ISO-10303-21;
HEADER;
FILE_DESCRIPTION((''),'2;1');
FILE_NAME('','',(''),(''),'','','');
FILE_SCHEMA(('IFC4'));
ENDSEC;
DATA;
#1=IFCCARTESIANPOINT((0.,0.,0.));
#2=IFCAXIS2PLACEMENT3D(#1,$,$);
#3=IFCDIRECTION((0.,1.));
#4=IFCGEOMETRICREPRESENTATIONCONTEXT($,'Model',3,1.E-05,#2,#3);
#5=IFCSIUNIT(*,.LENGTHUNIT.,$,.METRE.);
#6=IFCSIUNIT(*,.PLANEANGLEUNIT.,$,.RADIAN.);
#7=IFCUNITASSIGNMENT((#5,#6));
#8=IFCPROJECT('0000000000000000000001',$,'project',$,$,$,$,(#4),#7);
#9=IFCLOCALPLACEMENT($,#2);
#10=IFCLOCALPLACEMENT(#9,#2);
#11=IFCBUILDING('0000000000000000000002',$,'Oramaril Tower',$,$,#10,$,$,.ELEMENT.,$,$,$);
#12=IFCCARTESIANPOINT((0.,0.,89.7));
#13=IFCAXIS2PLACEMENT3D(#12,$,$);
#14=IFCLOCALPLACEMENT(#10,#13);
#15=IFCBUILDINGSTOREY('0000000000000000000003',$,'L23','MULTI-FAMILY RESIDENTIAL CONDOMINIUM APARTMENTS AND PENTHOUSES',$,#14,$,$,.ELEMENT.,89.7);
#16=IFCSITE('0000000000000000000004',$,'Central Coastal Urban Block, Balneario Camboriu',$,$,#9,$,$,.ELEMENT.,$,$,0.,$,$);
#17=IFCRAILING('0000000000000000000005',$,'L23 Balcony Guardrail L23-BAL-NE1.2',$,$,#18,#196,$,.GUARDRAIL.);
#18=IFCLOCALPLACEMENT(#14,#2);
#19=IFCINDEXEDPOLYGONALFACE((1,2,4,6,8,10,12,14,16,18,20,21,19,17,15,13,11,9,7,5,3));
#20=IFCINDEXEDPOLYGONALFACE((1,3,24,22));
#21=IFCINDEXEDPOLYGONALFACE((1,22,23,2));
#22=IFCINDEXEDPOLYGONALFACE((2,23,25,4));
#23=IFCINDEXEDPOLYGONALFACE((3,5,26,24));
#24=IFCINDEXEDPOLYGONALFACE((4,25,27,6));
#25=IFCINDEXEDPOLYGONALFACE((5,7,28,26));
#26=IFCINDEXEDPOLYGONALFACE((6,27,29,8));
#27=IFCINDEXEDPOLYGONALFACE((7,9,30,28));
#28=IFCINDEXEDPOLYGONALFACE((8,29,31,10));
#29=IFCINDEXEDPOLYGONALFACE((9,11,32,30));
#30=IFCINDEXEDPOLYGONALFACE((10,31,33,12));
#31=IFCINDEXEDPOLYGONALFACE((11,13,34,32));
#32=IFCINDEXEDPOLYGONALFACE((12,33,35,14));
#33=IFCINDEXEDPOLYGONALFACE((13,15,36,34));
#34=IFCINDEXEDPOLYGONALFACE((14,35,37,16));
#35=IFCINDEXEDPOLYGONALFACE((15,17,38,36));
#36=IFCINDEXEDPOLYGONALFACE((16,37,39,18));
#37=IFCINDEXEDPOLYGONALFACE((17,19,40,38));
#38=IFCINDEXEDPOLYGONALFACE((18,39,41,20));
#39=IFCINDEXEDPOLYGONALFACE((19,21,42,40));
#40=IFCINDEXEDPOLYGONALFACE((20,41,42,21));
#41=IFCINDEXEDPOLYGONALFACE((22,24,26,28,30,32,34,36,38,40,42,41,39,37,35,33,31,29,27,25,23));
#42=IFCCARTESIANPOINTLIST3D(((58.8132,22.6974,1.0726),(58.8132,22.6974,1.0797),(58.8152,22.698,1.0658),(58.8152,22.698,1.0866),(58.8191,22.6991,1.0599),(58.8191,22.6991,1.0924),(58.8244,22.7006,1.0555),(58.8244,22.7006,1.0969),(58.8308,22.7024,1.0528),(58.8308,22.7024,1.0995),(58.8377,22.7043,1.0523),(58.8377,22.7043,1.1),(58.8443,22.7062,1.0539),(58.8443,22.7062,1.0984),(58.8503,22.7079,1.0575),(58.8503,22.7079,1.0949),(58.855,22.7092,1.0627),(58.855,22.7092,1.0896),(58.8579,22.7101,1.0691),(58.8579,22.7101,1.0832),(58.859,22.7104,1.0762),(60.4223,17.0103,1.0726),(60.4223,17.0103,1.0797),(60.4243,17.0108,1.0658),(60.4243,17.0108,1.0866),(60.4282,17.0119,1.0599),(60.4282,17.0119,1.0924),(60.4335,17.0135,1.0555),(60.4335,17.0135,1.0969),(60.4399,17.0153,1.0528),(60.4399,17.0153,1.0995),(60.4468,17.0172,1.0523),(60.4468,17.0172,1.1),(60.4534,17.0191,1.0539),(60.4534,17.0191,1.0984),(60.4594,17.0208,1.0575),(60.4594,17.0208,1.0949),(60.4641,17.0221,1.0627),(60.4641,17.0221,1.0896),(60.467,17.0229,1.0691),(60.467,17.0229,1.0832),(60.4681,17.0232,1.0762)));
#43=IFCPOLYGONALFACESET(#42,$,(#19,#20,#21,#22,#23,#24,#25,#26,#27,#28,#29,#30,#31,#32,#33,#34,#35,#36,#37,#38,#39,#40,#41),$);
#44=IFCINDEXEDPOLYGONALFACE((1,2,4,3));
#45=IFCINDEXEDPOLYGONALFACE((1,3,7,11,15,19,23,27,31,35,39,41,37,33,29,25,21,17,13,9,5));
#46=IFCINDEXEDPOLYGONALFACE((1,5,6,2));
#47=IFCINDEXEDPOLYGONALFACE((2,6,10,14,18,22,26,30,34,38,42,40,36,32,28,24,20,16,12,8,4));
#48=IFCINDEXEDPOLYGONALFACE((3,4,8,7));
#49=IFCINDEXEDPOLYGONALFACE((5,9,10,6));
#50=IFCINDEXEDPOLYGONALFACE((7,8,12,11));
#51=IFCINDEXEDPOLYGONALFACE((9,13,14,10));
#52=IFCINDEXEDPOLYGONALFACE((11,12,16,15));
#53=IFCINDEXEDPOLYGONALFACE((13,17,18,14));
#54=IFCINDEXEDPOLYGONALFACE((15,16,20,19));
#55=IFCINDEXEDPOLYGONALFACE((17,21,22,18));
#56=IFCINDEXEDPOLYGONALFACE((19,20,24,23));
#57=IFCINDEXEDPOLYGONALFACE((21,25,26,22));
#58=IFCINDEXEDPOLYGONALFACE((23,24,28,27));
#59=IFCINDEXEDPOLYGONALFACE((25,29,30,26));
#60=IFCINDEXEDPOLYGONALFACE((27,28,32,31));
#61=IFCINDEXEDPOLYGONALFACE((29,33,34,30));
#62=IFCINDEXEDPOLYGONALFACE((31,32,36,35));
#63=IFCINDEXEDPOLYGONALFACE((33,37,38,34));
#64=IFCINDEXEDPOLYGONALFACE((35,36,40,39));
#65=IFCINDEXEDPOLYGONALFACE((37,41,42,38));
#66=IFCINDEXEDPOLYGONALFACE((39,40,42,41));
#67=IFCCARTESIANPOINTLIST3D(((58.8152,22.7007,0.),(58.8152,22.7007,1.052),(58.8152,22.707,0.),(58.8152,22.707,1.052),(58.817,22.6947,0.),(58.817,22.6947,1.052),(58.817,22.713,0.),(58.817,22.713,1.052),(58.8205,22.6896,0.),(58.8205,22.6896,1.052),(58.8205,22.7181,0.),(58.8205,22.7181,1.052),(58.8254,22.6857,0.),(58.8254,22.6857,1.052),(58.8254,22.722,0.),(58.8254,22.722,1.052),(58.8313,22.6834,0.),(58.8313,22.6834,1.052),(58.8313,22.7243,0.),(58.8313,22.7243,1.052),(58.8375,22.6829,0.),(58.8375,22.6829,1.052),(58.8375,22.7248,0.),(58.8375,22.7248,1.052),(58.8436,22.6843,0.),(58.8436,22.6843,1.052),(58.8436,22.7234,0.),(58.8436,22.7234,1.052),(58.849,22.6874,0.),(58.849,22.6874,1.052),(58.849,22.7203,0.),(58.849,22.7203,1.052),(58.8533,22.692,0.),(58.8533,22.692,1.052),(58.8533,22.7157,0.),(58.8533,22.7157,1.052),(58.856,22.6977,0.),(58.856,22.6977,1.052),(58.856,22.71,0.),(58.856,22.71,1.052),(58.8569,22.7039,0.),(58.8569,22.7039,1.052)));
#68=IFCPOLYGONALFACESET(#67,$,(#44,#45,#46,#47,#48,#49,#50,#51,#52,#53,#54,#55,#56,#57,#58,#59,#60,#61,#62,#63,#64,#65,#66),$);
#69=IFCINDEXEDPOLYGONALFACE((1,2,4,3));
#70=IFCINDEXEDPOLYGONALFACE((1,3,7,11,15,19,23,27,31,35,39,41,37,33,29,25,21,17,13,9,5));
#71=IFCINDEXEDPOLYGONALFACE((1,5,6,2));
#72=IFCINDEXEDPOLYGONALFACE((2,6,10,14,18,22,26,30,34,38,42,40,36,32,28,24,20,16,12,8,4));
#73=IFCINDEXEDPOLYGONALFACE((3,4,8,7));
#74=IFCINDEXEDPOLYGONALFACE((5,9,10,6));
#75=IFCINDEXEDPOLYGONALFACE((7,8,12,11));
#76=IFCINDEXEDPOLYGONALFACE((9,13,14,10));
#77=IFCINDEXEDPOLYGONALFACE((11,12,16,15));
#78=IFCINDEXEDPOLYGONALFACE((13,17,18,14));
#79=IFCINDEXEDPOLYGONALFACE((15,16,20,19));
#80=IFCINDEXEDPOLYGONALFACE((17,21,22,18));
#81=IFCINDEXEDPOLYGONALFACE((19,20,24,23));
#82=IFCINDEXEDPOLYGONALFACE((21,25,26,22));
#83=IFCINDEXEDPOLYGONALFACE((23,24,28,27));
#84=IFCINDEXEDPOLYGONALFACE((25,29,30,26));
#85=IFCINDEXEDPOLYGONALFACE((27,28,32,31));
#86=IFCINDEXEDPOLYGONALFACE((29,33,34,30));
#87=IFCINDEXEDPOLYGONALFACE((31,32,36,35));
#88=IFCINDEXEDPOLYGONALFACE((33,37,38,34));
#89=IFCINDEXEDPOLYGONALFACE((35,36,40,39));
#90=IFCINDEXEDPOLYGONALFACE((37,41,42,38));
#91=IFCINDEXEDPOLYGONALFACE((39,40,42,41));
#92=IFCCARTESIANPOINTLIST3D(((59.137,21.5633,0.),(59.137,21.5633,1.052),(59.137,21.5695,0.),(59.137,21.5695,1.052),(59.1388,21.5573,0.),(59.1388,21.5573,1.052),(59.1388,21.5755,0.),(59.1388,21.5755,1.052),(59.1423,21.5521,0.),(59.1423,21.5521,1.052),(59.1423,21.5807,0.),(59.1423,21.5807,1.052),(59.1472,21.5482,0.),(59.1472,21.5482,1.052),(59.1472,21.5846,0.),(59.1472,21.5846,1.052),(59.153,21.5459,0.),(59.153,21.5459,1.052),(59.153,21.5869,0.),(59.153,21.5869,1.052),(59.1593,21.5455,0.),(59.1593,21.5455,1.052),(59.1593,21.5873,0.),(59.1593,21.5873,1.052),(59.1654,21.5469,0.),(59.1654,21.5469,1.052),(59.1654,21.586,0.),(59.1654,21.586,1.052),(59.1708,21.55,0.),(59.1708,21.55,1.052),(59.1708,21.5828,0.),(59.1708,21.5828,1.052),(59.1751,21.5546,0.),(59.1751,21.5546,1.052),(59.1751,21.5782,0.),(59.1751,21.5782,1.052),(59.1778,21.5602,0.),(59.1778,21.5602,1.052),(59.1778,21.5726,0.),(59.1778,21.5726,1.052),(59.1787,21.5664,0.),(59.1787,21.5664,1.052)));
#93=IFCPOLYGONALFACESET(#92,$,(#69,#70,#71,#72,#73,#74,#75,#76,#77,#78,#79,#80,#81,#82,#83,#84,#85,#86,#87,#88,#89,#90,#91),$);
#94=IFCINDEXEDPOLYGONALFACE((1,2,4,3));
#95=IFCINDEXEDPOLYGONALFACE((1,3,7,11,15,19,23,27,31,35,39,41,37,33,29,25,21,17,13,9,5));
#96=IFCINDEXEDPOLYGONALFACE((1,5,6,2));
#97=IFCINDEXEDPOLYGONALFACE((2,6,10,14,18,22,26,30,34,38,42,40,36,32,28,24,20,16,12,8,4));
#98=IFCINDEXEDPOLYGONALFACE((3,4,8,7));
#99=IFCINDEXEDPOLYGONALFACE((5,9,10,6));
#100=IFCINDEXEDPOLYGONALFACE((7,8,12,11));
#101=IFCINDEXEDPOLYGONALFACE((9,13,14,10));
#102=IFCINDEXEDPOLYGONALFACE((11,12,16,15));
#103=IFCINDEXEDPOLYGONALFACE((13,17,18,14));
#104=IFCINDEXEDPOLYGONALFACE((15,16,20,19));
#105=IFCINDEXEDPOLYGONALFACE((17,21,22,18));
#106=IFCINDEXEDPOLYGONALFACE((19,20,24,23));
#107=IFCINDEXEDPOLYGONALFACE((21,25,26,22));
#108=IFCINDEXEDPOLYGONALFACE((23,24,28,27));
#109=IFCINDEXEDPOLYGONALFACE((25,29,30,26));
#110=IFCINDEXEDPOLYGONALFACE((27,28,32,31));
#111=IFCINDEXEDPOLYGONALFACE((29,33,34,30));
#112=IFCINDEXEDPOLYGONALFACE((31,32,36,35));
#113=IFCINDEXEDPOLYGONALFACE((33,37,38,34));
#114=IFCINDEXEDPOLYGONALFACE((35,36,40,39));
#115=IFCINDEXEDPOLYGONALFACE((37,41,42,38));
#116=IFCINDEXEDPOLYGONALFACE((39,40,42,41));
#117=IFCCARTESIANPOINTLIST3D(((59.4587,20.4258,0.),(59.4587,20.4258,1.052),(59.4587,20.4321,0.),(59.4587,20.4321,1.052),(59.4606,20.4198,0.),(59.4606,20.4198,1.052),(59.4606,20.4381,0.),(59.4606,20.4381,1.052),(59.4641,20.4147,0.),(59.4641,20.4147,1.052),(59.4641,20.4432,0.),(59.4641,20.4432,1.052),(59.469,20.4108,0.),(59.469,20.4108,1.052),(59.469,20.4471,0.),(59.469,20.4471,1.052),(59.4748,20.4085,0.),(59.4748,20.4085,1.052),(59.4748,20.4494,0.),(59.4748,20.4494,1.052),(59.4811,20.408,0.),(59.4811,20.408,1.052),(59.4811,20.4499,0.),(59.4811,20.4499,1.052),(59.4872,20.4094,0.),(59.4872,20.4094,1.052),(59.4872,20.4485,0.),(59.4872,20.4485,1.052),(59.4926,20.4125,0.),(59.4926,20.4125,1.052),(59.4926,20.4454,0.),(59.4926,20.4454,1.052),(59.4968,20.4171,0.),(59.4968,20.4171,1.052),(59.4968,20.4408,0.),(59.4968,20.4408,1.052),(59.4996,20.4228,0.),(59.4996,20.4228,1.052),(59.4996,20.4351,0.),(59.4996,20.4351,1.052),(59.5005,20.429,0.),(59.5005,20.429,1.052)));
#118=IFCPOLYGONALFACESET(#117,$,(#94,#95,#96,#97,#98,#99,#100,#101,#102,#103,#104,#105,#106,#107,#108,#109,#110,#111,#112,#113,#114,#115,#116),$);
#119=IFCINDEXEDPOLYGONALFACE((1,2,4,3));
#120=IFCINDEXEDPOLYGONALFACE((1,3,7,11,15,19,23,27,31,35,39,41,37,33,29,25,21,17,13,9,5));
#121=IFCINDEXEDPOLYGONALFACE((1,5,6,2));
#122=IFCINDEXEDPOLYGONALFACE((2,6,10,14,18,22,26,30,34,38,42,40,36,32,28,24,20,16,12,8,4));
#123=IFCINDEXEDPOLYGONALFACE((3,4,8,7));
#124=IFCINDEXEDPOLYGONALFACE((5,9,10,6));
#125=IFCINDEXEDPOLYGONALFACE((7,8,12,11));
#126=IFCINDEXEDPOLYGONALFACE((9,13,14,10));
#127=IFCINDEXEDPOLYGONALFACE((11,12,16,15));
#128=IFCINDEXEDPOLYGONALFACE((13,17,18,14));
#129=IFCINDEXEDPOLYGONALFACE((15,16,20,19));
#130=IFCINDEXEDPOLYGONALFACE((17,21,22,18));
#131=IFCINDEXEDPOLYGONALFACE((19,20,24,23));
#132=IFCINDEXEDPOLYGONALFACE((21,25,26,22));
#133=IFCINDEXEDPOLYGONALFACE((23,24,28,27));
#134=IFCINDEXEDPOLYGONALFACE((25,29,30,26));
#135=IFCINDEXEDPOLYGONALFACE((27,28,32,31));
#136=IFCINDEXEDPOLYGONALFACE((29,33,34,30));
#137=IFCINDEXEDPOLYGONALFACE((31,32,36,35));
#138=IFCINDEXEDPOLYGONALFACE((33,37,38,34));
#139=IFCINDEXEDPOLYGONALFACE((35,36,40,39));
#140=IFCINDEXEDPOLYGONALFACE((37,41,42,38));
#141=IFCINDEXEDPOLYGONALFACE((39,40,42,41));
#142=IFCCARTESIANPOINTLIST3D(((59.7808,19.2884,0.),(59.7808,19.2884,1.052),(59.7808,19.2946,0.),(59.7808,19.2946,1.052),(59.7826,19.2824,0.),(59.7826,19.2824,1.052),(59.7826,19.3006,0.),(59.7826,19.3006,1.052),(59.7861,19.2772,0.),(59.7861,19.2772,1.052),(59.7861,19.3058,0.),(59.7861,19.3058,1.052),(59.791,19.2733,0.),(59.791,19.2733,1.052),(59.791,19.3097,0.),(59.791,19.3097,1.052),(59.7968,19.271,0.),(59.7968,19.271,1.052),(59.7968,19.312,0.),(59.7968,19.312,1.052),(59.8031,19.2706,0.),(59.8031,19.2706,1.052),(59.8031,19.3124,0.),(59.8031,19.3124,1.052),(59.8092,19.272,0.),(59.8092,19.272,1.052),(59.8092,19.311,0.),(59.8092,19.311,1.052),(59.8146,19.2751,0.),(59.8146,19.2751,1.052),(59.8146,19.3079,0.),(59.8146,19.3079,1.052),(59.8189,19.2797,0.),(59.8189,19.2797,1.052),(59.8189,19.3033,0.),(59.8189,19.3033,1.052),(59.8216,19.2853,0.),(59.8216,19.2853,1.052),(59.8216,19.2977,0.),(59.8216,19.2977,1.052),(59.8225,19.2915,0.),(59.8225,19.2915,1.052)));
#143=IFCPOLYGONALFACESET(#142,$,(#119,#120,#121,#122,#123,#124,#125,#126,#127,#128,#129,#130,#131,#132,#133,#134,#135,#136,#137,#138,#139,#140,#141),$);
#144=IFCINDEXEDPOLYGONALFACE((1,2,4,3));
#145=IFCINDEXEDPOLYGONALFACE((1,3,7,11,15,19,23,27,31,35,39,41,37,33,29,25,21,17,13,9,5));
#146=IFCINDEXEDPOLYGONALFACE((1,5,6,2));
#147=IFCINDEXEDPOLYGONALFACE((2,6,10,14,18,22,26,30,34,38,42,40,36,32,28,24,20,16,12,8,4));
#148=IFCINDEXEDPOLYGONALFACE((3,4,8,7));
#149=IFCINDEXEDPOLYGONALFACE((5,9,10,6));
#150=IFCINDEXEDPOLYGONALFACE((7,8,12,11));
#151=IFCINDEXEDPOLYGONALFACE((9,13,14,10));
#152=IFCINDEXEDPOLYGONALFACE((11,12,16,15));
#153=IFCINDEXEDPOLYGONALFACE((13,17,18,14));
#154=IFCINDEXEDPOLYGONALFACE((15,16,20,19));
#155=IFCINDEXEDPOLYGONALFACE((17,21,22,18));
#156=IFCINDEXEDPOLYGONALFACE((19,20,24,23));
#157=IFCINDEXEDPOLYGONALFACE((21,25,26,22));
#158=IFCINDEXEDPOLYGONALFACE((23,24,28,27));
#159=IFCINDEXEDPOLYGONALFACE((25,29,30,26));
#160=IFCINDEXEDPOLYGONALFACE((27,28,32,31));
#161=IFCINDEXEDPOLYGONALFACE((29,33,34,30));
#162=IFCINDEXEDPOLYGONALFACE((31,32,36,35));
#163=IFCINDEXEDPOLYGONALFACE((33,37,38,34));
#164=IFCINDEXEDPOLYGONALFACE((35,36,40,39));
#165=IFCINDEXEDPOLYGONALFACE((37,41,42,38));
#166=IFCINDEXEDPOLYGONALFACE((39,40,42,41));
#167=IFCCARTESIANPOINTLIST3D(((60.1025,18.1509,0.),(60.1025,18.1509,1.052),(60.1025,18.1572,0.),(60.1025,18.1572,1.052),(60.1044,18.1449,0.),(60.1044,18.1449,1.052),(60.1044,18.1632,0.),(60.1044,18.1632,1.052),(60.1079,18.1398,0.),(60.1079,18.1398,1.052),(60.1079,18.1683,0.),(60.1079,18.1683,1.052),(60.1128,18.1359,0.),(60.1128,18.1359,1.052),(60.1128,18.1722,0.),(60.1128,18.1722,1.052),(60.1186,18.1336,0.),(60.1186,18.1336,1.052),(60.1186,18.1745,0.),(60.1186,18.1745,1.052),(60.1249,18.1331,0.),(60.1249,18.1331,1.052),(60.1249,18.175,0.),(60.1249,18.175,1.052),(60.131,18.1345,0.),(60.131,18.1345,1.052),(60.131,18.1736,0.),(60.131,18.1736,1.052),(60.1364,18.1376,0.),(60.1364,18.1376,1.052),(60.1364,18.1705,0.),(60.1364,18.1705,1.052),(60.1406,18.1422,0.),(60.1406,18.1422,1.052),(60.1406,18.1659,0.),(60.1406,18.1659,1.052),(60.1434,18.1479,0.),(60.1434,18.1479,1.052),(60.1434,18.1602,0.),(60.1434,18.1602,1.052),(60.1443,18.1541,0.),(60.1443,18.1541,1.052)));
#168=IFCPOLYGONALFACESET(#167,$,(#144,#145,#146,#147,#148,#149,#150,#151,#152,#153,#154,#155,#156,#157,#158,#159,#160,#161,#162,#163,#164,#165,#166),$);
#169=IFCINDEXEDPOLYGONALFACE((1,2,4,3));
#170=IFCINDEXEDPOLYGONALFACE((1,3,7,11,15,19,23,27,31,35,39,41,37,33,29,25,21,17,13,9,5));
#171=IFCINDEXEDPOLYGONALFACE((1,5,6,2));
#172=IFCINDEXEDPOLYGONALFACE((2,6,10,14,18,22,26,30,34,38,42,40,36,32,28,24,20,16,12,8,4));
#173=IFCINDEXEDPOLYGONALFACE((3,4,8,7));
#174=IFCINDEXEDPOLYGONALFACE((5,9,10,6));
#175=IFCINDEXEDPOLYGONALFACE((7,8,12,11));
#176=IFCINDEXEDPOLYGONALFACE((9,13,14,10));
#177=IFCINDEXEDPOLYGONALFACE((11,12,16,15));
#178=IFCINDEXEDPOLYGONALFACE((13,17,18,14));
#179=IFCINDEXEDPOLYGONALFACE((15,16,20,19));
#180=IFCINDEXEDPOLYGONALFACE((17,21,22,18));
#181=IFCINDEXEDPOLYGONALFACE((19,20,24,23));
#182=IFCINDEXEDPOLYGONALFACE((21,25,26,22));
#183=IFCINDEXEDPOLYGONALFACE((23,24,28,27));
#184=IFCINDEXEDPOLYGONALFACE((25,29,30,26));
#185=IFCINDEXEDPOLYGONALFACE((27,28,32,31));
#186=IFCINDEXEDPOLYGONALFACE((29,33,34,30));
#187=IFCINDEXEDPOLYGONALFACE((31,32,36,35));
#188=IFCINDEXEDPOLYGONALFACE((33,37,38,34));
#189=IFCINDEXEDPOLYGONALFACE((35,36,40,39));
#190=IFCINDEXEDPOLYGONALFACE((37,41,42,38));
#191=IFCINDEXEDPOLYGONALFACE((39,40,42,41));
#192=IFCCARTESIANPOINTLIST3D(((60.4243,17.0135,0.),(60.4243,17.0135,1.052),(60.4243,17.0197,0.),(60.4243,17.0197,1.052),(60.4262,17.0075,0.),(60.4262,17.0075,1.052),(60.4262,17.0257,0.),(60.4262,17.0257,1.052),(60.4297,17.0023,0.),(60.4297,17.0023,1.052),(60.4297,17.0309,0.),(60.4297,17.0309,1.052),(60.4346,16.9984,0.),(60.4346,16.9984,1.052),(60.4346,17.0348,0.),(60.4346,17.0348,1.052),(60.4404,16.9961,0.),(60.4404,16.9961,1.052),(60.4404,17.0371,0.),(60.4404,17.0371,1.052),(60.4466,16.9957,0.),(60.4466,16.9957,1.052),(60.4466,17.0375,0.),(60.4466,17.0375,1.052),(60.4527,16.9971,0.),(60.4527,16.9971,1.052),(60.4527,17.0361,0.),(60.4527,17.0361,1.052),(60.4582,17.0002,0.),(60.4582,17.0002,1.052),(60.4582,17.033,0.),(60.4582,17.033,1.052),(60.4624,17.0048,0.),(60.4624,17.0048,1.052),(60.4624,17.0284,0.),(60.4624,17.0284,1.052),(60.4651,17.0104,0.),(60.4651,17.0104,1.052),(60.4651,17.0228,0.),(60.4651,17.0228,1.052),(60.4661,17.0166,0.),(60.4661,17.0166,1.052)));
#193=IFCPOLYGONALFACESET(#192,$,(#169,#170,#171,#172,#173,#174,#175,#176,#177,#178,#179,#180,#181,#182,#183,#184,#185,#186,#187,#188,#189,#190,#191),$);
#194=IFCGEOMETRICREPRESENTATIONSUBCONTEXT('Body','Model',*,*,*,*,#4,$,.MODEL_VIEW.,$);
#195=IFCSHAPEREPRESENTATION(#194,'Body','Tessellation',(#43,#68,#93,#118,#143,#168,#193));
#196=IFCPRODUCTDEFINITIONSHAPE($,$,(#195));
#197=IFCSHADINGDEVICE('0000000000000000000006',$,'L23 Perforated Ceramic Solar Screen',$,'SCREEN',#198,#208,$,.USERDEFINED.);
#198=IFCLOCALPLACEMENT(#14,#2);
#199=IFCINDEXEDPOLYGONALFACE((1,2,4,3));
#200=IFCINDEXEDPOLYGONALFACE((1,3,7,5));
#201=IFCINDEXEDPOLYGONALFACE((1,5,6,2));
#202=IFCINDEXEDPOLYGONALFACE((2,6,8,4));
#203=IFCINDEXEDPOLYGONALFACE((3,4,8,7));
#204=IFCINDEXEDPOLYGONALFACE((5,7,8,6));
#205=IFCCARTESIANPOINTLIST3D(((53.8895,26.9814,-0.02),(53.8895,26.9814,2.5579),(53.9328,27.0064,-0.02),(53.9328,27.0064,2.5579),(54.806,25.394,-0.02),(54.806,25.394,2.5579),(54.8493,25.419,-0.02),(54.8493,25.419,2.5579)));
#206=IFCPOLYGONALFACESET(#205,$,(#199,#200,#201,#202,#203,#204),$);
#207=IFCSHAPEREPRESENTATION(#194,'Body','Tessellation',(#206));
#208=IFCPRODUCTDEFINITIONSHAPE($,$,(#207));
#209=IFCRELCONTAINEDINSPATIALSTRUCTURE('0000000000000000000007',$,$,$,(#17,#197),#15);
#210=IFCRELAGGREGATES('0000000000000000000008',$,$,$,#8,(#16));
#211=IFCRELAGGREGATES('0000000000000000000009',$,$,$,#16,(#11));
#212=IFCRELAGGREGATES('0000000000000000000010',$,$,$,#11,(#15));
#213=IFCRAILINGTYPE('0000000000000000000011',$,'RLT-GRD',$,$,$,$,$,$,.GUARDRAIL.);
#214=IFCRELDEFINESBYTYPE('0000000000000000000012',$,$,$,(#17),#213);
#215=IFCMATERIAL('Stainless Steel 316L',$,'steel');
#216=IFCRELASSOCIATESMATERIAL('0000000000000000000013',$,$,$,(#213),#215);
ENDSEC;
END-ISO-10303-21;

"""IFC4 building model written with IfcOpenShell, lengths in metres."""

from ifc_helpers import new_model, si_unit, direction, frame, origin, origin_2d, place, context, subcontext, project, spatial, rectangle, circle, extrude, material, type_object, element, save


model = new_model("IFC4")

# Units and contexts
model_context = context("Model", 3, precision=1e-05, world=origin(), true_north=direction((0.0, 1.0)))
body_context = subcontext(model_context, "Body", "Model", "MODEL_VIEW")
ifc_project = project(units=[si_unit("LENGTHUNIT", "METRE"), si_unit("PLANEANGLEUNIT", "RADIAN")], contexts=[model_context])

# Site, building, storey
site_placement = place(None, origin())
site = spatial("IfcSite", under=ifc_project, at=site_placement, Name="Central Coastal Urban Block, Balneario Camboriu", CompositionType="ELEMENT", RefElevation=0.0)
building_placement = place(site_placement, origin())
building = spatial("IfcBuilding", under=site, at=building_placement, Name="Oramaril Tower", CompositionType="ELEMENT")
storey_placement = place(building_placement, frame((0.0, 0.0, 89.7)))
storey = spatial("IfcBuildingStorey", under=building, at=storey_placement, Name="L23", Description="MULTI-FAMILY RESIDENTIAL CONDOMINIUM APARTMENTS AND PENTHOUSES", CompositionType="ELEMENT", Elevation=89.7)

# Railing
ifc_material_1 = material(Name="Stainless Steel 316L", Category="steel")
railing_type = type_object("IfcRailingType", Name="RLT-GRD", PredefinedType="GUARDRAIL", material=ifc_material_1)
railing_1_placement = place(storey_placement, frame((58.8359, 22.7039, 0.0)))
element("IfcRailing", 1, at=railing_1_placement, inside=storey, type_object=railing_type, Name="L23 Balcony Guardrail L23-BAL-NE1.2", PredefinedType="GUARDRAIL", context=body_context, shape_type="SweptSolid", body=[
    extrude(circle(Radius=0.0239, at=origin_2d()), frame((0.0, 0.0, 1.0762), z_axis=(0.272249, -0.962227, 0.0), x_axis=(0.962227, 0.272249, 0.0)), (0.0, 0.0, 1.0), 5.9104),
    extrude(circle(Radius=0.021, at=origin_2d()), origin(), (0.0, 0.0, 1.0), 1.052),
    extrude(circle(Radius=0.021, at=origin_2d()), frame((0.3218, -1.1375, 0.0)), (0.0, 0.0, 1.0), 1.052),
    extrude(circle(Radius=0.021, at=origin_2d()), frame((0.6436, -2.2749, 0.0)), (0.0, 0.0, 1.0), 1.052),
    extrude(circle(Radius=0.021, at=origin_2d()), frame((0.9656, -3.4124, 0.0)), (0.0, 0.0, 1.0), 1.052),
    extrude(circle(Radius=0.021, at=origin_2d()), frame((1.2874, -4.5498, 0.0)), (0.0, 0.0, 1.0), 1.052),
    extrude(circle(Radius=0.021, at=origin_2d()), frame((1.6091, -5.6873, 0.0)), (0.0, 0.0, 1.0), 1.052),
])

# Shading device
shading_device_placement = place(storey_placement, frame((54.3694, 26.2002, -0.02), z_axis=(0.0, 0.0, 1.0), x_axis=(-0.5, 0.866025, 0.0)))
element("IfcShadingDevice", 2, at=shading_device_placement, inside=storey, Name="L23 Perforated Ceramic Solar Screen", ObjectType="SCREEN", PredefinedType="USERDEFINED", context=body_context, shape_type="SweptSolid", body=[
    extrude(rectangle(XDim=1.833, YDim=0.05, at=origin_2d()), origin(), (0.0, 0.0, 1.0), 2.5779),
])

save(model, "model.ifc")
